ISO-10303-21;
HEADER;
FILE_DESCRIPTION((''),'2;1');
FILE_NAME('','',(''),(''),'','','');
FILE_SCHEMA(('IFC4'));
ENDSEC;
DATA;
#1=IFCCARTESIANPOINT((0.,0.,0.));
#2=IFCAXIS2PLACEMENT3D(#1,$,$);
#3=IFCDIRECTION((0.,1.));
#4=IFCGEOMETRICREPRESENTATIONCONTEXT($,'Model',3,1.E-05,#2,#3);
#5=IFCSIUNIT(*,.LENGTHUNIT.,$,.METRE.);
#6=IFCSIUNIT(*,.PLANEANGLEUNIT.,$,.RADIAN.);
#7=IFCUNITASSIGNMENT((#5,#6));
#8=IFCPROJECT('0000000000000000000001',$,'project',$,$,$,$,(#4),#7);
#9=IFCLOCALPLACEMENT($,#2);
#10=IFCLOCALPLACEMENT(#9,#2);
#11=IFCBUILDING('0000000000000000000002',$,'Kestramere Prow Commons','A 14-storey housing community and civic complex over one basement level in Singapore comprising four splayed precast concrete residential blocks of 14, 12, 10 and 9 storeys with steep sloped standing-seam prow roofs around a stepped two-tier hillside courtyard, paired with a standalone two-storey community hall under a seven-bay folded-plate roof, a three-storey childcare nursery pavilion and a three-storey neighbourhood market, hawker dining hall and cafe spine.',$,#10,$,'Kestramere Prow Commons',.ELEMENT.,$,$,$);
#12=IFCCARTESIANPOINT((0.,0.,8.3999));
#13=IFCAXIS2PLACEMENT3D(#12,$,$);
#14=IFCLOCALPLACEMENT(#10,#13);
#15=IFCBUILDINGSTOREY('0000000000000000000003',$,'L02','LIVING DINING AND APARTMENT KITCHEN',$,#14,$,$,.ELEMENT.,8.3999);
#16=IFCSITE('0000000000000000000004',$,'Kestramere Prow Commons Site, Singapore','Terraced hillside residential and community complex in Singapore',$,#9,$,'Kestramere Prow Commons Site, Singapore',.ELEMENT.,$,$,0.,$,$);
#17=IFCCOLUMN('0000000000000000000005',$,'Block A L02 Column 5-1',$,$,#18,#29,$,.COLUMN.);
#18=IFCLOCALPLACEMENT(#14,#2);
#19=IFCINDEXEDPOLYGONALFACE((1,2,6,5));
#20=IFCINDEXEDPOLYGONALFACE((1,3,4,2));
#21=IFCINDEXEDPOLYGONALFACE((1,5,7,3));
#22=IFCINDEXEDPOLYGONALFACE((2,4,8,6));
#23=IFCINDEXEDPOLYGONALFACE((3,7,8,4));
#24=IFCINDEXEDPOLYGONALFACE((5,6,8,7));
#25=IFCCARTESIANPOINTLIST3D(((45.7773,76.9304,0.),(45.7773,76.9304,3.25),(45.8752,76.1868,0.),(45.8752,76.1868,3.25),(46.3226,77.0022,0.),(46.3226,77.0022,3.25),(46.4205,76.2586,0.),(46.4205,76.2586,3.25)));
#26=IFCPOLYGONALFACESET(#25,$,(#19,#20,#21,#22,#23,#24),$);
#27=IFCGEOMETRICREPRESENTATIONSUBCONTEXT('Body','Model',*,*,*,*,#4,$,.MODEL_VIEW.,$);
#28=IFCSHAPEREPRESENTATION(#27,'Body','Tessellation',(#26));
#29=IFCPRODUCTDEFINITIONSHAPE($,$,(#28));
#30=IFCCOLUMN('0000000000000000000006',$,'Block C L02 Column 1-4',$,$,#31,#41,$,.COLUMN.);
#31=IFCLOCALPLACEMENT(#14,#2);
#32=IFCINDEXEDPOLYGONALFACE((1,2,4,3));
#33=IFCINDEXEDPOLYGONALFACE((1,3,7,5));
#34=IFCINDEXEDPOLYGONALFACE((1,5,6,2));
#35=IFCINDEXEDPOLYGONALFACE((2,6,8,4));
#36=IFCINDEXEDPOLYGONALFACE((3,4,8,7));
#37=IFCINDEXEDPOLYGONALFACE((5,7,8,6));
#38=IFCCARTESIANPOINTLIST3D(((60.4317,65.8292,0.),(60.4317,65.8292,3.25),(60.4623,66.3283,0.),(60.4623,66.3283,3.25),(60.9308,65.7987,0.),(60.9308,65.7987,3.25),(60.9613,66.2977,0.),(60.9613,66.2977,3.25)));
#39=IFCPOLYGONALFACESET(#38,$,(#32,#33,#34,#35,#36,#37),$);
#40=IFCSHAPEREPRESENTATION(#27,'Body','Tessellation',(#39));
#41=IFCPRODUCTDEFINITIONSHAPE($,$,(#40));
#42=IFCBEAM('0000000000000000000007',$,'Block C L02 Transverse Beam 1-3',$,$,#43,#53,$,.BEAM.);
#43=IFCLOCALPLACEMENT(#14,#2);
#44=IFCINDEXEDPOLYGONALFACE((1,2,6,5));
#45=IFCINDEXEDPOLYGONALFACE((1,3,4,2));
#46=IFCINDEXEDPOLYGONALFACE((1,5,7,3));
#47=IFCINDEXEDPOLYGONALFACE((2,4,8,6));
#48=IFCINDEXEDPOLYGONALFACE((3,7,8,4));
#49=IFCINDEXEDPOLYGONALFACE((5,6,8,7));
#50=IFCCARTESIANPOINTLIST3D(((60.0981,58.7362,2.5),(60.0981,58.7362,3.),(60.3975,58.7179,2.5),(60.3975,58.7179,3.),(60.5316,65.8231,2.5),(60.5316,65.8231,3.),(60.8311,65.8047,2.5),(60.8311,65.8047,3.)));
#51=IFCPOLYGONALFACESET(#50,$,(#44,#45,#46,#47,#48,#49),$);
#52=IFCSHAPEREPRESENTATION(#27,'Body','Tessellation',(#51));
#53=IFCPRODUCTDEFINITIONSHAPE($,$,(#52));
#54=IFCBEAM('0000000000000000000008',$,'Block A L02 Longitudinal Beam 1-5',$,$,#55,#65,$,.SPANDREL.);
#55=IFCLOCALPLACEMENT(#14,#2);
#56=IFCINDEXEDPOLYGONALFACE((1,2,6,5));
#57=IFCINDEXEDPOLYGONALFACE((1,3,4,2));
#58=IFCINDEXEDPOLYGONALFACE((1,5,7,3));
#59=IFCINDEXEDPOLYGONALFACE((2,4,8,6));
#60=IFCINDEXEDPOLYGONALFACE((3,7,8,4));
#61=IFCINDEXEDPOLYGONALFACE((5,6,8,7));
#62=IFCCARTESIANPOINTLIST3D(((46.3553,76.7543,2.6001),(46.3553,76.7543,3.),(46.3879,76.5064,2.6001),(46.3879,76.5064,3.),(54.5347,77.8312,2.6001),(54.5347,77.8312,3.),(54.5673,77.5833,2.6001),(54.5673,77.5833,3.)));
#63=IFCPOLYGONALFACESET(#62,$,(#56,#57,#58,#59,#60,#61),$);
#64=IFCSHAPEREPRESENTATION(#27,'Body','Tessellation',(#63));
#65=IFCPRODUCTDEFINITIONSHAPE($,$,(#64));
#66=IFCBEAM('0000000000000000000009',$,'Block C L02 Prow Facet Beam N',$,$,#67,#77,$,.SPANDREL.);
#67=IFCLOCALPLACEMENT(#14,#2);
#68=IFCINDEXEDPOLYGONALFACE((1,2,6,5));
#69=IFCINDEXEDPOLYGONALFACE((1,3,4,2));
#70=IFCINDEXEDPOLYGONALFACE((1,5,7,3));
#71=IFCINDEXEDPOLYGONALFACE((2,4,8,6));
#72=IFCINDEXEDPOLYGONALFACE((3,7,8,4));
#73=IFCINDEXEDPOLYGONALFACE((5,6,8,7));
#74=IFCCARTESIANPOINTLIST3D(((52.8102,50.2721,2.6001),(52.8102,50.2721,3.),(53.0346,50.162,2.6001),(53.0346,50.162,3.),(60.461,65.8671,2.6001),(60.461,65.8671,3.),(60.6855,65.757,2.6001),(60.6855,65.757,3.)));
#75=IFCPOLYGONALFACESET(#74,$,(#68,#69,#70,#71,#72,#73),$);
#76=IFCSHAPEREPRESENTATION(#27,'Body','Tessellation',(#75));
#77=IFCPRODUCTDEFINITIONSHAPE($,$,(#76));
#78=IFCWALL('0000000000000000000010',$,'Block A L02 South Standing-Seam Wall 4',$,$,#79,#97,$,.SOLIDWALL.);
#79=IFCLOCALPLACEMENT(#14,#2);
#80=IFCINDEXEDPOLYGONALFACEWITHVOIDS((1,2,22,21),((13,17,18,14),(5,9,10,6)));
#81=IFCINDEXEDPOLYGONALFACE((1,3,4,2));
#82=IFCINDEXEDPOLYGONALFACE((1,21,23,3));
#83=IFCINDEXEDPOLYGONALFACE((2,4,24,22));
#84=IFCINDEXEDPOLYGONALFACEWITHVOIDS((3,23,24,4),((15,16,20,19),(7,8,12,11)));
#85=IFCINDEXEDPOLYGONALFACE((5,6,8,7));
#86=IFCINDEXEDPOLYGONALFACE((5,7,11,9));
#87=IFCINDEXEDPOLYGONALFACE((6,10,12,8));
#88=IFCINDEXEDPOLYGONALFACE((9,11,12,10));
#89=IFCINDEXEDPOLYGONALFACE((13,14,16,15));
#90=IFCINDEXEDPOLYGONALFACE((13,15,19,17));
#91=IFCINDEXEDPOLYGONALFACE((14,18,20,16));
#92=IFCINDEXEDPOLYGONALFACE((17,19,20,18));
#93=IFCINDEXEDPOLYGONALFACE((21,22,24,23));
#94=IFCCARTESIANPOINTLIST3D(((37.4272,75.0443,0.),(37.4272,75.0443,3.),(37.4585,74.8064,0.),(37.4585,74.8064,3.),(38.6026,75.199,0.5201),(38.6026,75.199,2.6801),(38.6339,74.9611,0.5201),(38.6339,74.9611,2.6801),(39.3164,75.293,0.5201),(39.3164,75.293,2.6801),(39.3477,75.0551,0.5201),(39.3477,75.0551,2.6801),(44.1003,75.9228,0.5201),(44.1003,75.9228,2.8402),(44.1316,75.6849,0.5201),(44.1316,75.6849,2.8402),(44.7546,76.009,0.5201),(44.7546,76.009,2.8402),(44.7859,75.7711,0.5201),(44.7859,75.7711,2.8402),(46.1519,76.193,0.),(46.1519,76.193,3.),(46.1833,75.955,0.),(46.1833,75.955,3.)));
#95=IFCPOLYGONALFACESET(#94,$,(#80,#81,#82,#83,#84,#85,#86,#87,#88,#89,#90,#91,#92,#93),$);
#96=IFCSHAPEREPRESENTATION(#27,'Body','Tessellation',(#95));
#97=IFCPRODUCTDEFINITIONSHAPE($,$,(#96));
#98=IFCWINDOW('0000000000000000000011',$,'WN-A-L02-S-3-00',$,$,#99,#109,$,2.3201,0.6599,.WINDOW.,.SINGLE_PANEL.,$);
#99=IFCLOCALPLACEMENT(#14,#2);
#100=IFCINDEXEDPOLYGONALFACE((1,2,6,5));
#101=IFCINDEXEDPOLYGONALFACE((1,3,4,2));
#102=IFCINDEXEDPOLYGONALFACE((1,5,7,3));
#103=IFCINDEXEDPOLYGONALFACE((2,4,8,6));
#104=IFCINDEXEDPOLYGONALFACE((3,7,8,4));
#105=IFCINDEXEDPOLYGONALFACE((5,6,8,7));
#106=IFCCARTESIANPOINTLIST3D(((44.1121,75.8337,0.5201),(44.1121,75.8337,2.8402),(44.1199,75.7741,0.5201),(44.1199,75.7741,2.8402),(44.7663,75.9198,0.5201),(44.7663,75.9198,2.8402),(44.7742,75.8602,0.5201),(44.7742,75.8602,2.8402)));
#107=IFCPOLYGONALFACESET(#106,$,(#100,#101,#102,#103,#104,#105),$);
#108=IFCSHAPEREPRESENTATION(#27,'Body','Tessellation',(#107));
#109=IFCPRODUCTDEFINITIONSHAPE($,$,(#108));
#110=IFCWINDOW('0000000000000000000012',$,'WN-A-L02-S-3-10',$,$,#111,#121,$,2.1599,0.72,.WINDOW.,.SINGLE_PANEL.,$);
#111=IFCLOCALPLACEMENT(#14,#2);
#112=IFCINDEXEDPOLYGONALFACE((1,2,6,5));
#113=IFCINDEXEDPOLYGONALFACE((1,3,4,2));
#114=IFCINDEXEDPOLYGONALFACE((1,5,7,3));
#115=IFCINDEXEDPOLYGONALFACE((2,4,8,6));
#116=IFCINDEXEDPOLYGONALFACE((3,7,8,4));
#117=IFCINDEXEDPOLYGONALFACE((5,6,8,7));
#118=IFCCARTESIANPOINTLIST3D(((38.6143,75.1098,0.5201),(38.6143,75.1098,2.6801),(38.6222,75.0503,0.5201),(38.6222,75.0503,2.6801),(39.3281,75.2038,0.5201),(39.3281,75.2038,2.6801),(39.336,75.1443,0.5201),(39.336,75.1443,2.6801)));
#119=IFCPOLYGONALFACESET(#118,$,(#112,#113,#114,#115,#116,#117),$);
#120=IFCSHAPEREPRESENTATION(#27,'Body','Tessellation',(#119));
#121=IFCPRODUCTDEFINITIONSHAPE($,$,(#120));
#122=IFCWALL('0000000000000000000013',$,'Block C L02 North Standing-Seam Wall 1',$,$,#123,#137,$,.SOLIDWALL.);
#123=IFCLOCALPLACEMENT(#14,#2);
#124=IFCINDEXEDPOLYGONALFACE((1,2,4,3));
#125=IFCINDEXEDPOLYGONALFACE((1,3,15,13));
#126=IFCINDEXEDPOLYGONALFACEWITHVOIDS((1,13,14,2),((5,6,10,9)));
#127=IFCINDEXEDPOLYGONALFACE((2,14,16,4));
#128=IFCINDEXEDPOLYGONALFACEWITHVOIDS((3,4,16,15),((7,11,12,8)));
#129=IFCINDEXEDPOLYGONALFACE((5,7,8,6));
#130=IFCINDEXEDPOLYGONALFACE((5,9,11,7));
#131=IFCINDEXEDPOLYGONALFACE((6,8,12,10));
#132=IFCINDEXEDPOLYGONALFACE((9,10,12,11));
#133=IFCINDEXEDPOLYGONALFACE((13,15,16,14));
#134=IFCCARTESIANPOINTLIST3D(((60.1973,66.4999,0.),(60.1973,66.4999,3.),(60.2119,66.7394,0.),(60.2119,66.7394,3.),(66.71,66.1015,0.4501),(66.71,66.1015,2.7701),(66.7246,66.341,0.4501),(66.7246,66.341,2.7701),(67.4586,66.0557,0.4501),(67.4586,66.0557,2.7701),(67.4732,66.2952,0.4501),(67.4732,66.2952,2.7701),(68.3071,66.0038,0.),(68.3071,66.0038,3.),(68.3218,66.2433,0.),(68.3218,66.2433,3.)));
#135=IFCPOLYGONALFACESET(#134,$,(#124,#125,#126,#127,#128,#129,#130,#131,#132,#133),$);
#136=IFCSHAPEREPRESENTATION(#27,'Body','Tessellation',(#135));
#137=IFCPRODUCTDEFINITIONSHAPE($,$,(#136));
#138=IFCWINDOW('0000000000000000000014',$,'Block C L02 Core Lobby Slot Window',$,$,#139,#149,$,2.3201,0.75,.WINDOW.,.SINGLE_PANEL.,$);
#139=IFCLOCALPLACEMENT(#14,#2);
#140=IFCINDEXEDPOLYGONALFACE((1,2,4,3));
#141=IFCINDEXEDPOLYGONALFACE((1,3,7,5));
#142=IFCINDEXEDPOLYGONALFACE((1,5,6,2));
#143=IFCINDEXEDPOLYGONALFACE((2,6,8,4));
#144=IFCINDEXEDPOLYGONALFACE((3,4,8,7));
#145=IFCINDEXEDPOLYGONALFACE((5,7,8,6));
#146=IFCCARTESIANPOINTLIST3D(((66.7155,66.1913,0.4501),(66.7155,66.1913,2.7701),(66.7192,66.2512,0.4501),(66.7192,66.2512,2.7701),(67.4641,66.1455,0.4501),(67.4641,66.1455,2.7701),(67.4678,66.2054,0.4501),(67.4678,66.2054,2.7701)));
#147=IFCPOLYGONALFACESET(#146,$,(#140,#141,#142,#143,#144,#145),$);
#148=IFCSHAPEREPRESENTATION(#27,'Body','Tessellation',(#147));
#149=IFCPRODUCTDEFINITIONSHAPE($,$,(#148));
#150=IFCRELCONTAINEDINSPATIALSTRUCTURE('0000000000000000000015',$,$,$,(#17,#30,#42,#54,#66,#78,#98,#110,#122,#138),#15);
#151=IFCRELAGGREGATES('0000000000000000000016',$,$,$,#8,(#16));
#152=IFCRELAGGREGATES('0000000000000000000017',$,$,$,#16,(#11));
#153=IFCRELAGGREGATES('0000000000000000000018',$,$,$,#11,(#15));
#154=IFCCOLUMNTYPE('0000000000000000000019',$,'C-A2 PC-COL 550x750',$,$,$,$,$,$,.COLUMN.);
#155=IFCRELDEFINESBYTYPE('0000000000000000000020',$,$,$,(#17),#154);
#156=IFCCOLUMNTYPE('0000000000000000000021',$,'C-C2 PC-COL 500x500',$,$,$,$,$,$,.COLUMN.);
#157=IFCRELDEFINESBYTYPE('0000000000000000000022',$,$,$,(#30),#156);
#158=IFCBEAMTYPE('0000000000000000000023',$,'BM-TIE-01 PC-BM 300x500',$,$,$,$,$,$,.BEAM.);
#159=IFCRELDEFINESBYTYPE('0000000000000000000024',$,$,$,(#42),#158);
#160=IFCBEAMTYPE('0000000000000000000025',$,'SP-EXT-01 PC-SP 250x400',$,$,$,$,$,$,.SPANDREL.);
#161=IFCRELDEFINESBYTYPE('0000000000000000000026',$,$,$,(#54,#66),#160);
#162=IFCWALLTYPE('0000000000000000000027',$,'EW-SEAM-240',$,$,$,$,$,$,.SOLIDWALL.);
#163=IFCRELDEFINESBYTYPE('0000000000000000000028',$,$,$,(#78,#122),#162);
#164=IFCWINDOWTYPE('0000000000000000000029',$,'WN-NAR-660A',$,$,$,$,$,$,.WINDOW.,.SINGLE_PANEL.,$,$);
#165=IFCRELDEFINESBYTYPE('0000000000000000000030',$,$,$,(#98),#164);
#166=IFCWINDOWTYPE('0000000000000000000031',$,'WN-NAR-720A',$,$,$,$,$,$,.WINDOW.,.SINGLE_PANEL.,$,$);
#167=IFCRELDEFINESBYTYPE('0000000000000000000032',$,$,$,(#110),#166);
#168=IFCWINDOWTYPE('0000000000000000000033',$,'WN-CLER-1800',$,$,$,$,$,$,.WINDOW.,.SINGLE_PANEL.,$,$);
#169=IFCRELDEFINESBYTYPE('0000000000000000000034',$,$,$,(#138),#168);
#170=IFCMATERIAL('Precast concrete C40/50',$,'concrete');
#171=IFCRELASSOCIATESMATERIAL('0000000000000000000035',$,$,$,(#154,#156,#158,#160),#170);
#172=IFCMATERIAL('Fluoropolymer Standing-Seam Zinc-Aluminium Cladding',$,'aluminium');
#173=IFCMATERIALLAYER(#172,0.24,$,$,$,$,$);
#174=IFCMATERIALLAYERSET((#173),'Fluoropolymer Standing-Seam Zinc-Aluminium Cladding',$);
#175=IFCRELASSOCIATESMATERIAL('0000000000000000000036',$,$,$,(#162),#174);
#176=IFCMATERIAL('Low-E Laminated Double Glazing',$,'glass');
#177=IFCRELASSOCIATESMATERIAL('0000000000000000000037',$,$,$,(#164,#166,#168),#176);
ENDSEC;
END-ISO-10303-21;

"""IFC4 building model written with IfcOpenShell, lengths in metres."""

from ifc_helpers import new_model, si_unit, direction, frame, frame_2d, origin, origin_2d, place, context, subcontext, project, spatial, rectangle, extrude, material, layer, layer_set, material_profile, profile_set, type_object, element, fill, save


model = new_model("IFC4")

# Units and contexts
model_context = context("Model", 3, precision=1e-05, world=origin(), true_north=direction((0.0, 1.0)))
body_context = subcontext(model_context, "Body", "Model", "MODEL_VIEW")
ifc_project = project(units=[si_unit("LENGTHUNIT", "METRE"), si_unit("PLANEANGLEUNIT", "RADIAN")], contexts=[model_context])

# Site, building, storey
site_placement = place(None, origin())
site = spatial("IfcSite", under=ifc_project, at=site_placement, Name="Kestramere Prow Commons Site, Singapore", Description="Terraced hillside residential and community complex in Singapore", LongName="Kestramere Prow Commons Site, Singapore", CompositionType="ELEMENT", RefElevation=0.0)
building_placement = place(site_placement, origin())
building = spatial("IfcBuilding", under=site, at=building_placement, Name="Kestramere Prow Commons", Description="A 14-storey housing community and civic complex over one basement level in Singapore comprising four splayed precast concrete residential blocks of 14, 12, 10 and 9 storeys with steep sloped standing-seam prow roofs around a stepped two-tier hillside courtyard, paired with a standalone two-storey community hall under a seven-bay folded-plate roof, a three-storey childcare nursery pavilion and a three-storey neighbourhood market, hawker dining hall and cafe spine.", LongName="Kestramere Prow Commons", CompositionType="ELEMENT")
storey_placement = place(building_placement, frame((0.0, 0.0, 8.3999)))
storey = spatial("IfcBuildingStorey", under=building, at=storey_placement, Name="L02", Description="LIVING DINING AND APARTMENT KITCHEN", CompositionType="ELEMENT", Elevation=8.3999)

# Columns
ifc_material_1 = material(Name="Precast concrete C40/50", Category="concrete")
ifc_material_profile_1 = material_profile(ifc_material_1, rectangle(XDim=0.55, YDim=0.75, at=origin_2d()), Name="PC-COL 550x750")
ifc_profile_set_1 = profile_set([ifc_material_profile_1], Name="Precast concrete C40/50")
column_type_1 = type_object("IfcColumnType", Name="C-A2 PC-COL 550x750", PredefinedType="COLUMN", material=ifc_profile_set_1)
column_1_placement = place(storey_placement, frame((46.0989, 76.5945, 0.0), z_axis=(0.0, 0.0, 1.0), x_axis=(0.991445, 0.130526, 0.0)))
element("IfcColumn", 1, at=column_1_placement, inside=storey, type_object=column_type_1, Name="Block A L02 Column 5-1", PredefinedType="COLUMN", context=body_context, shape_type="SweptSolid", body=[
    extrude(rectangle(XDim=0.55, YDim=0.75, at=origin_2d()), origin(), (0.0, 0.0, 1.0), 3.25),
])
ifc_material_profile_2 = material_profile(ifc_material_1, rectangle(XDim=0.5, YDim=0.5, at=origin_2d()), Name="PC-COL 500x500")
ifc_profile_set_2 = profile_set([ifc_material_profile_2], Name="Precast concrete C40/50")
column_type_2 = type_object("IfcColumnType", Name="C-C2 PC-COL 500x500", PredefinedType="COLUMN", material=ifc_profile_set_2)
column_2_placement = place(storey_placement, frame((60.6965, 66.0635, 0.0), z_axis=(0.0, 0.0, 1.0), x_axis=(0.998135, -0.061049, 0.0)))
element("IfcColumn", 2, at=column_2_placement, inside=storey, type_object=column_type_2, Name="Block C L02 Column 1-4", PredefinedType="COLUMN", context=body_context, shape_type="SweptSolid", body=[
    extrude(rectangle(XDim=0.5, YDim=0.5, at=origin_2d()), origin(), (0.0, 0.0, 1.0), 3.25),
])

# Beams
ifc_material_profile_3 = material_profile(ifc_material_1, rectangle(XDim=0.3, YDim=0.5, at=origin_2d()), Name="PC-BM 300x500")
ifc_profile_set_3 = profile_set([ifc_material_profile_3], Name="Precast concrete C40/50")
beam_type_1 = type_object("IfcBeamType", Name="BM-TIE-01 PC-BM 300x500", PredefinedType="BEAM", material=ifc_profile_set_3)
beam_1_placement = place(storey_placement, frame((60.2478, 58.7271, 2.75), z_axis=(0.061068, 0.998134, 0.0), x_axis=(-0.998134, 0.061068, 0.0)))
element("IfcBeam", 3, at=beam_1_placement, inside=storey, type_object=beam_type_1, Name="Block C L02 Transverse Beam 1-3", PredefinedType="BEAM", context=body_context, shape_type="SweptSolid", body=[
    extrude(rectangle(XDim=0.3, YDim=0.5, at=origin_2d()), origin(), (0.0, 0.0, 1.0), 7.1001),
])
ifc_material_profile_4 = material_profile(ifc_material_1, rectangle(XDim=0.25, YDim=0.3999, at=origin_2d()), Name="PC-SP 250x400")
ifc_profile_set_4 = profile_set([ifc_material_profile_4], Name="Precast concrete C40/50")
beam_type_2 = type_object("IfcBeamType", Name="SP-EXT-01 PC-SP 250x400", PredefinedType="SPANDREL", material=ifc_profile_set_4)
beam_2_placement = place(storey_placement, frame((46.3716, 76.6304, 2.8), z_axis=(0.991444, 0.130533, 0.0), x_axis=(-0.130533, 0.991444, 0.0)))
element("IfcBeam", 4, at=beam_2_placement, inside=storey, type_object=beam_type_2, Name="Block A L02 Longitudinal Beam 1-5", PredefinedType="SPANDREL", context=body_context, shape_type="SweptSolid", body=[
    extrude(rectangle(XDim=0.25, YDim=0.3999, at=origin_2d()), origin(), (0.0, 0.0, 1.0), 8.25),
])
beam_3_placement = place(storey_placement, frame((60.5732, 65.812, 2.8), z_axis=(-0.440449, -0.897778, 0.0), x_axis=(0.897778, -0.440449, 0.0)))
element("IfcBeam", 5, at=beam_3_placement, inside=storey, type_object=beam_type_2, Name="Block C L02 Prow Facet Beam N", PredefinedType="SPANDREL", context=body_context, shape_type="SweptSolid", body=[
    extrude(rectangle(XDim=0.25, YDim=0.3999, at=origin_2d()), origin(), (0.0, 0.0, 1.0), 17.3706),
])

# Wall, openings, windows
ifc_material_2 = material(Name="Fluoropolymer Standing-Seam Zinc-Aluminium Cladding", Category="aluminium")
ifc_layer_1 = layer(ifc_material_2, 0.24)
ifc_layer_set_1 = layer_set([ifc_layer_1], Name="Fluoropolymer Standing-Seam Zinc-Aluminium Cladding")
wall_type_1 = type_object("IfcWallType", Name="EW-SEAM-240", PredefinedType="SOLIDWALL", material=ifc_layer_set_1)
wall_1_placement = place(storey_placement, frame((46.1675, 76.074, 0.0), z_axis=(0.0, 0.0, 1.0), x_axis=(-0.991444, -0.13053, 0.0)))
wall_1 = element("IfcWall", 6, at=wall_1_placement, inside=storey, type_object=wall_type_1, Name="Block A L02 South Standing-Seam Wall 4", PredefinedType="SOLIDWALL", context=body_context, shape_type="SweptSolid", body=[
    extrude(rectangle(XDim=8.8, YDim=0.24, at=frame_2d((4.3999, 0.0))), origin(), (0.0, 0.0, 1.0), 3.0),
])
opening_1_placement = place(wall_1_placement, frame((1.4092, 0.0, 0.52)))
opening_1 = element("IfcOpeningElement", 7, at=opening_1_placement, cuts=wall_1, PredefinedType="OPENING", context=body_context, shape_type="SweptSolid", body=[
    extrude(rectangle(XDim=0.6599, YDim=2.3201, at=frame_2d((0.3301, 1.1602))), frame((0.0, 0.135, 0.0), z_axis=(0.0, -1.0, 0.0), x_axis=(1.0, 0.0, 0.0)), (0.0, 0.0, 1.0), 0.27),
])
opening_2_placement = place(wall_1_placement, frame((6.8945, 0.0, 0.52)))
opening_2 = element("IfcOpeningElement", 8, at=opening_2_placement, cuts=wall_1, PredefinedType="OPENING", context=body_context, shape_type="SweptSolid", body=[
    extrude(rectangle(XDim=0.72, YDim=2.1599, at=frame_2d((0.3599, 1.0801))), frame((0.0, 0.135, 0.0), z_axis=(0.0, -1.0, 0.0), x_axis=(1.0, 0.0, 0.0)), (0.0, 0.0, 1.0), 0.27),
])
ifc_material_3 = material(Name="Low-E Laminated Double Glazing", Category="glass")
window_type_1 = type_object("IfcWindowType", Name="WN-NAR-660A", PartitioningType="SINGLE_PANEL", PredefinedType="WINDOW", material=ifc_material_3)
window_1_placement = place(opening_1_placement, origin())
window_1 = element("IfcWindow", 9, at=window_1_placement, inside=storey, type_object=window_type_1, Name="WN-A-L02-S-3-00", OverallHeight=2.3201, OverallWidth=0.6599, PartitioningType="SINGLE_PANEL", PredefinedType="WINDOW", context=body_context, shape_type="SweptSolid", body=[
    extrude(rectangle(XDim=0.6599, YDim=2.3201, at=frame_2d((0.3301, 1.1602))), frame((0.0, 0.03, 0.0), z_axis=(0.0, -1.0, 0.0), x_axis=(1.0, 0.0, 0.0)), (0.0, 0.0, 1.0), 0.0601),
])
fill(opening_1, window_1)
window_type_2 = type_object("IfcWindowType", Name="WN-NAR-720A", PartitioningType="SINGLE_PANEL", PredefinedType="WINDOW", material=ifc_material_3)
window_2_placement = place(opening_2_placement, origin())
window_2 = element("IfcWindow", 10, at=window_2_placement, inside=storey, type_object=window_type_2, Name="WN-A-L02-S-3-10", OverallHeight=2.1599, OverallWidth=0.72, PartitioningType="SINGLE_PANEL", PredefinedType="WINDOW", context=body_context, shape_type="SweptSolid", body=[
    extrude(rectangle(XDim=0.72, YDim=2.1599, at=frame_2d((0.3599, 1.0801))), frame((0.0, 0.03, 0.0), z_axis=(0.0, -1.0, 0.0), x_axis=(1.0, 0.0, 0.0)), (0.0, 0.0, 1.0), 0.0601),
])
fill(opening_2, window_2)

# Wall, opening, window
wall_2_placement = place(storey_placement, frame((60.2046, 66.6196, 0.0), z_axis=(0.0, 0.0, 1.0), x_axis=(0.998134, -0.061058, 0.0)))
wall_2 = element("IfcWall", 11, at=wall_2_placement, inside=storey, type_object=wall_type_1, Name="Block C L02 North Standing-Seam Wall 1", PredefinedType="SOLIDWALL", context=body_context, shape_type="SweptSolid", body=[
    extrude(rectangle(XDim=8.125, YDim=0.24, at=frame_2d((4.0625, 0.0))), origin(), (0.0, 0.0, 1.0), 3.0),
])
opening_3_placement = place(wall_2_placement, frame((6.5249, 0.0, 0.45)))
opening_3 = element("IfcOpeningElement", 12, at=opening_3_placement, cuts=wall_2, PredefinedType="OPENING", context=body_context, shape_type="SweptSolid", body=[
    extrude(rectangle(XDim=0.75, YDim=2.3201, at=frame_2d((0.375, 1.1602))), frame((0.0, 0.135, 0.0), z_axis=(0.0, -1.0, 0.0), x_axis=(1.0, 0.0, 0.0)), (0.0, 0.0, 1.0), 0.27),
])
window_type_3 = type_object("IfcWindowType", Name="WN-CLER-1800", PartitioningType="SINGLE_PANEL", PredefinedType="WINDOW", material=ifc_material_3)
window_3_placement = place(opening_3_placement, origin())
window_3 = element("IfcWindow", 13, at=window_3_placement, inside=storey, type_object=window_type_3, Name="Block C L02 Core Lobby Slot Window", OverallHeight=2.3201, OverallWidth=0.75, PartitioningType="SINGLE_PANEL", PredefinedType="WINDOW", context=body_context, shape_type="SweptSolid", body=[
    extrude(rectangle(XDim=0.75, YDim=2.3201, at=frame_2d((0.375, 1.1602))), frame((0.0, 0.03, 0.0), z_axis=(0.0, -1.0, 0.0), x_axis=(1.0, 0.0, 0.0)), (0.0, 0.0, 1.0), 0.0601),
])
fill(opening_3, window_3)

save(model, "model.ifc")
